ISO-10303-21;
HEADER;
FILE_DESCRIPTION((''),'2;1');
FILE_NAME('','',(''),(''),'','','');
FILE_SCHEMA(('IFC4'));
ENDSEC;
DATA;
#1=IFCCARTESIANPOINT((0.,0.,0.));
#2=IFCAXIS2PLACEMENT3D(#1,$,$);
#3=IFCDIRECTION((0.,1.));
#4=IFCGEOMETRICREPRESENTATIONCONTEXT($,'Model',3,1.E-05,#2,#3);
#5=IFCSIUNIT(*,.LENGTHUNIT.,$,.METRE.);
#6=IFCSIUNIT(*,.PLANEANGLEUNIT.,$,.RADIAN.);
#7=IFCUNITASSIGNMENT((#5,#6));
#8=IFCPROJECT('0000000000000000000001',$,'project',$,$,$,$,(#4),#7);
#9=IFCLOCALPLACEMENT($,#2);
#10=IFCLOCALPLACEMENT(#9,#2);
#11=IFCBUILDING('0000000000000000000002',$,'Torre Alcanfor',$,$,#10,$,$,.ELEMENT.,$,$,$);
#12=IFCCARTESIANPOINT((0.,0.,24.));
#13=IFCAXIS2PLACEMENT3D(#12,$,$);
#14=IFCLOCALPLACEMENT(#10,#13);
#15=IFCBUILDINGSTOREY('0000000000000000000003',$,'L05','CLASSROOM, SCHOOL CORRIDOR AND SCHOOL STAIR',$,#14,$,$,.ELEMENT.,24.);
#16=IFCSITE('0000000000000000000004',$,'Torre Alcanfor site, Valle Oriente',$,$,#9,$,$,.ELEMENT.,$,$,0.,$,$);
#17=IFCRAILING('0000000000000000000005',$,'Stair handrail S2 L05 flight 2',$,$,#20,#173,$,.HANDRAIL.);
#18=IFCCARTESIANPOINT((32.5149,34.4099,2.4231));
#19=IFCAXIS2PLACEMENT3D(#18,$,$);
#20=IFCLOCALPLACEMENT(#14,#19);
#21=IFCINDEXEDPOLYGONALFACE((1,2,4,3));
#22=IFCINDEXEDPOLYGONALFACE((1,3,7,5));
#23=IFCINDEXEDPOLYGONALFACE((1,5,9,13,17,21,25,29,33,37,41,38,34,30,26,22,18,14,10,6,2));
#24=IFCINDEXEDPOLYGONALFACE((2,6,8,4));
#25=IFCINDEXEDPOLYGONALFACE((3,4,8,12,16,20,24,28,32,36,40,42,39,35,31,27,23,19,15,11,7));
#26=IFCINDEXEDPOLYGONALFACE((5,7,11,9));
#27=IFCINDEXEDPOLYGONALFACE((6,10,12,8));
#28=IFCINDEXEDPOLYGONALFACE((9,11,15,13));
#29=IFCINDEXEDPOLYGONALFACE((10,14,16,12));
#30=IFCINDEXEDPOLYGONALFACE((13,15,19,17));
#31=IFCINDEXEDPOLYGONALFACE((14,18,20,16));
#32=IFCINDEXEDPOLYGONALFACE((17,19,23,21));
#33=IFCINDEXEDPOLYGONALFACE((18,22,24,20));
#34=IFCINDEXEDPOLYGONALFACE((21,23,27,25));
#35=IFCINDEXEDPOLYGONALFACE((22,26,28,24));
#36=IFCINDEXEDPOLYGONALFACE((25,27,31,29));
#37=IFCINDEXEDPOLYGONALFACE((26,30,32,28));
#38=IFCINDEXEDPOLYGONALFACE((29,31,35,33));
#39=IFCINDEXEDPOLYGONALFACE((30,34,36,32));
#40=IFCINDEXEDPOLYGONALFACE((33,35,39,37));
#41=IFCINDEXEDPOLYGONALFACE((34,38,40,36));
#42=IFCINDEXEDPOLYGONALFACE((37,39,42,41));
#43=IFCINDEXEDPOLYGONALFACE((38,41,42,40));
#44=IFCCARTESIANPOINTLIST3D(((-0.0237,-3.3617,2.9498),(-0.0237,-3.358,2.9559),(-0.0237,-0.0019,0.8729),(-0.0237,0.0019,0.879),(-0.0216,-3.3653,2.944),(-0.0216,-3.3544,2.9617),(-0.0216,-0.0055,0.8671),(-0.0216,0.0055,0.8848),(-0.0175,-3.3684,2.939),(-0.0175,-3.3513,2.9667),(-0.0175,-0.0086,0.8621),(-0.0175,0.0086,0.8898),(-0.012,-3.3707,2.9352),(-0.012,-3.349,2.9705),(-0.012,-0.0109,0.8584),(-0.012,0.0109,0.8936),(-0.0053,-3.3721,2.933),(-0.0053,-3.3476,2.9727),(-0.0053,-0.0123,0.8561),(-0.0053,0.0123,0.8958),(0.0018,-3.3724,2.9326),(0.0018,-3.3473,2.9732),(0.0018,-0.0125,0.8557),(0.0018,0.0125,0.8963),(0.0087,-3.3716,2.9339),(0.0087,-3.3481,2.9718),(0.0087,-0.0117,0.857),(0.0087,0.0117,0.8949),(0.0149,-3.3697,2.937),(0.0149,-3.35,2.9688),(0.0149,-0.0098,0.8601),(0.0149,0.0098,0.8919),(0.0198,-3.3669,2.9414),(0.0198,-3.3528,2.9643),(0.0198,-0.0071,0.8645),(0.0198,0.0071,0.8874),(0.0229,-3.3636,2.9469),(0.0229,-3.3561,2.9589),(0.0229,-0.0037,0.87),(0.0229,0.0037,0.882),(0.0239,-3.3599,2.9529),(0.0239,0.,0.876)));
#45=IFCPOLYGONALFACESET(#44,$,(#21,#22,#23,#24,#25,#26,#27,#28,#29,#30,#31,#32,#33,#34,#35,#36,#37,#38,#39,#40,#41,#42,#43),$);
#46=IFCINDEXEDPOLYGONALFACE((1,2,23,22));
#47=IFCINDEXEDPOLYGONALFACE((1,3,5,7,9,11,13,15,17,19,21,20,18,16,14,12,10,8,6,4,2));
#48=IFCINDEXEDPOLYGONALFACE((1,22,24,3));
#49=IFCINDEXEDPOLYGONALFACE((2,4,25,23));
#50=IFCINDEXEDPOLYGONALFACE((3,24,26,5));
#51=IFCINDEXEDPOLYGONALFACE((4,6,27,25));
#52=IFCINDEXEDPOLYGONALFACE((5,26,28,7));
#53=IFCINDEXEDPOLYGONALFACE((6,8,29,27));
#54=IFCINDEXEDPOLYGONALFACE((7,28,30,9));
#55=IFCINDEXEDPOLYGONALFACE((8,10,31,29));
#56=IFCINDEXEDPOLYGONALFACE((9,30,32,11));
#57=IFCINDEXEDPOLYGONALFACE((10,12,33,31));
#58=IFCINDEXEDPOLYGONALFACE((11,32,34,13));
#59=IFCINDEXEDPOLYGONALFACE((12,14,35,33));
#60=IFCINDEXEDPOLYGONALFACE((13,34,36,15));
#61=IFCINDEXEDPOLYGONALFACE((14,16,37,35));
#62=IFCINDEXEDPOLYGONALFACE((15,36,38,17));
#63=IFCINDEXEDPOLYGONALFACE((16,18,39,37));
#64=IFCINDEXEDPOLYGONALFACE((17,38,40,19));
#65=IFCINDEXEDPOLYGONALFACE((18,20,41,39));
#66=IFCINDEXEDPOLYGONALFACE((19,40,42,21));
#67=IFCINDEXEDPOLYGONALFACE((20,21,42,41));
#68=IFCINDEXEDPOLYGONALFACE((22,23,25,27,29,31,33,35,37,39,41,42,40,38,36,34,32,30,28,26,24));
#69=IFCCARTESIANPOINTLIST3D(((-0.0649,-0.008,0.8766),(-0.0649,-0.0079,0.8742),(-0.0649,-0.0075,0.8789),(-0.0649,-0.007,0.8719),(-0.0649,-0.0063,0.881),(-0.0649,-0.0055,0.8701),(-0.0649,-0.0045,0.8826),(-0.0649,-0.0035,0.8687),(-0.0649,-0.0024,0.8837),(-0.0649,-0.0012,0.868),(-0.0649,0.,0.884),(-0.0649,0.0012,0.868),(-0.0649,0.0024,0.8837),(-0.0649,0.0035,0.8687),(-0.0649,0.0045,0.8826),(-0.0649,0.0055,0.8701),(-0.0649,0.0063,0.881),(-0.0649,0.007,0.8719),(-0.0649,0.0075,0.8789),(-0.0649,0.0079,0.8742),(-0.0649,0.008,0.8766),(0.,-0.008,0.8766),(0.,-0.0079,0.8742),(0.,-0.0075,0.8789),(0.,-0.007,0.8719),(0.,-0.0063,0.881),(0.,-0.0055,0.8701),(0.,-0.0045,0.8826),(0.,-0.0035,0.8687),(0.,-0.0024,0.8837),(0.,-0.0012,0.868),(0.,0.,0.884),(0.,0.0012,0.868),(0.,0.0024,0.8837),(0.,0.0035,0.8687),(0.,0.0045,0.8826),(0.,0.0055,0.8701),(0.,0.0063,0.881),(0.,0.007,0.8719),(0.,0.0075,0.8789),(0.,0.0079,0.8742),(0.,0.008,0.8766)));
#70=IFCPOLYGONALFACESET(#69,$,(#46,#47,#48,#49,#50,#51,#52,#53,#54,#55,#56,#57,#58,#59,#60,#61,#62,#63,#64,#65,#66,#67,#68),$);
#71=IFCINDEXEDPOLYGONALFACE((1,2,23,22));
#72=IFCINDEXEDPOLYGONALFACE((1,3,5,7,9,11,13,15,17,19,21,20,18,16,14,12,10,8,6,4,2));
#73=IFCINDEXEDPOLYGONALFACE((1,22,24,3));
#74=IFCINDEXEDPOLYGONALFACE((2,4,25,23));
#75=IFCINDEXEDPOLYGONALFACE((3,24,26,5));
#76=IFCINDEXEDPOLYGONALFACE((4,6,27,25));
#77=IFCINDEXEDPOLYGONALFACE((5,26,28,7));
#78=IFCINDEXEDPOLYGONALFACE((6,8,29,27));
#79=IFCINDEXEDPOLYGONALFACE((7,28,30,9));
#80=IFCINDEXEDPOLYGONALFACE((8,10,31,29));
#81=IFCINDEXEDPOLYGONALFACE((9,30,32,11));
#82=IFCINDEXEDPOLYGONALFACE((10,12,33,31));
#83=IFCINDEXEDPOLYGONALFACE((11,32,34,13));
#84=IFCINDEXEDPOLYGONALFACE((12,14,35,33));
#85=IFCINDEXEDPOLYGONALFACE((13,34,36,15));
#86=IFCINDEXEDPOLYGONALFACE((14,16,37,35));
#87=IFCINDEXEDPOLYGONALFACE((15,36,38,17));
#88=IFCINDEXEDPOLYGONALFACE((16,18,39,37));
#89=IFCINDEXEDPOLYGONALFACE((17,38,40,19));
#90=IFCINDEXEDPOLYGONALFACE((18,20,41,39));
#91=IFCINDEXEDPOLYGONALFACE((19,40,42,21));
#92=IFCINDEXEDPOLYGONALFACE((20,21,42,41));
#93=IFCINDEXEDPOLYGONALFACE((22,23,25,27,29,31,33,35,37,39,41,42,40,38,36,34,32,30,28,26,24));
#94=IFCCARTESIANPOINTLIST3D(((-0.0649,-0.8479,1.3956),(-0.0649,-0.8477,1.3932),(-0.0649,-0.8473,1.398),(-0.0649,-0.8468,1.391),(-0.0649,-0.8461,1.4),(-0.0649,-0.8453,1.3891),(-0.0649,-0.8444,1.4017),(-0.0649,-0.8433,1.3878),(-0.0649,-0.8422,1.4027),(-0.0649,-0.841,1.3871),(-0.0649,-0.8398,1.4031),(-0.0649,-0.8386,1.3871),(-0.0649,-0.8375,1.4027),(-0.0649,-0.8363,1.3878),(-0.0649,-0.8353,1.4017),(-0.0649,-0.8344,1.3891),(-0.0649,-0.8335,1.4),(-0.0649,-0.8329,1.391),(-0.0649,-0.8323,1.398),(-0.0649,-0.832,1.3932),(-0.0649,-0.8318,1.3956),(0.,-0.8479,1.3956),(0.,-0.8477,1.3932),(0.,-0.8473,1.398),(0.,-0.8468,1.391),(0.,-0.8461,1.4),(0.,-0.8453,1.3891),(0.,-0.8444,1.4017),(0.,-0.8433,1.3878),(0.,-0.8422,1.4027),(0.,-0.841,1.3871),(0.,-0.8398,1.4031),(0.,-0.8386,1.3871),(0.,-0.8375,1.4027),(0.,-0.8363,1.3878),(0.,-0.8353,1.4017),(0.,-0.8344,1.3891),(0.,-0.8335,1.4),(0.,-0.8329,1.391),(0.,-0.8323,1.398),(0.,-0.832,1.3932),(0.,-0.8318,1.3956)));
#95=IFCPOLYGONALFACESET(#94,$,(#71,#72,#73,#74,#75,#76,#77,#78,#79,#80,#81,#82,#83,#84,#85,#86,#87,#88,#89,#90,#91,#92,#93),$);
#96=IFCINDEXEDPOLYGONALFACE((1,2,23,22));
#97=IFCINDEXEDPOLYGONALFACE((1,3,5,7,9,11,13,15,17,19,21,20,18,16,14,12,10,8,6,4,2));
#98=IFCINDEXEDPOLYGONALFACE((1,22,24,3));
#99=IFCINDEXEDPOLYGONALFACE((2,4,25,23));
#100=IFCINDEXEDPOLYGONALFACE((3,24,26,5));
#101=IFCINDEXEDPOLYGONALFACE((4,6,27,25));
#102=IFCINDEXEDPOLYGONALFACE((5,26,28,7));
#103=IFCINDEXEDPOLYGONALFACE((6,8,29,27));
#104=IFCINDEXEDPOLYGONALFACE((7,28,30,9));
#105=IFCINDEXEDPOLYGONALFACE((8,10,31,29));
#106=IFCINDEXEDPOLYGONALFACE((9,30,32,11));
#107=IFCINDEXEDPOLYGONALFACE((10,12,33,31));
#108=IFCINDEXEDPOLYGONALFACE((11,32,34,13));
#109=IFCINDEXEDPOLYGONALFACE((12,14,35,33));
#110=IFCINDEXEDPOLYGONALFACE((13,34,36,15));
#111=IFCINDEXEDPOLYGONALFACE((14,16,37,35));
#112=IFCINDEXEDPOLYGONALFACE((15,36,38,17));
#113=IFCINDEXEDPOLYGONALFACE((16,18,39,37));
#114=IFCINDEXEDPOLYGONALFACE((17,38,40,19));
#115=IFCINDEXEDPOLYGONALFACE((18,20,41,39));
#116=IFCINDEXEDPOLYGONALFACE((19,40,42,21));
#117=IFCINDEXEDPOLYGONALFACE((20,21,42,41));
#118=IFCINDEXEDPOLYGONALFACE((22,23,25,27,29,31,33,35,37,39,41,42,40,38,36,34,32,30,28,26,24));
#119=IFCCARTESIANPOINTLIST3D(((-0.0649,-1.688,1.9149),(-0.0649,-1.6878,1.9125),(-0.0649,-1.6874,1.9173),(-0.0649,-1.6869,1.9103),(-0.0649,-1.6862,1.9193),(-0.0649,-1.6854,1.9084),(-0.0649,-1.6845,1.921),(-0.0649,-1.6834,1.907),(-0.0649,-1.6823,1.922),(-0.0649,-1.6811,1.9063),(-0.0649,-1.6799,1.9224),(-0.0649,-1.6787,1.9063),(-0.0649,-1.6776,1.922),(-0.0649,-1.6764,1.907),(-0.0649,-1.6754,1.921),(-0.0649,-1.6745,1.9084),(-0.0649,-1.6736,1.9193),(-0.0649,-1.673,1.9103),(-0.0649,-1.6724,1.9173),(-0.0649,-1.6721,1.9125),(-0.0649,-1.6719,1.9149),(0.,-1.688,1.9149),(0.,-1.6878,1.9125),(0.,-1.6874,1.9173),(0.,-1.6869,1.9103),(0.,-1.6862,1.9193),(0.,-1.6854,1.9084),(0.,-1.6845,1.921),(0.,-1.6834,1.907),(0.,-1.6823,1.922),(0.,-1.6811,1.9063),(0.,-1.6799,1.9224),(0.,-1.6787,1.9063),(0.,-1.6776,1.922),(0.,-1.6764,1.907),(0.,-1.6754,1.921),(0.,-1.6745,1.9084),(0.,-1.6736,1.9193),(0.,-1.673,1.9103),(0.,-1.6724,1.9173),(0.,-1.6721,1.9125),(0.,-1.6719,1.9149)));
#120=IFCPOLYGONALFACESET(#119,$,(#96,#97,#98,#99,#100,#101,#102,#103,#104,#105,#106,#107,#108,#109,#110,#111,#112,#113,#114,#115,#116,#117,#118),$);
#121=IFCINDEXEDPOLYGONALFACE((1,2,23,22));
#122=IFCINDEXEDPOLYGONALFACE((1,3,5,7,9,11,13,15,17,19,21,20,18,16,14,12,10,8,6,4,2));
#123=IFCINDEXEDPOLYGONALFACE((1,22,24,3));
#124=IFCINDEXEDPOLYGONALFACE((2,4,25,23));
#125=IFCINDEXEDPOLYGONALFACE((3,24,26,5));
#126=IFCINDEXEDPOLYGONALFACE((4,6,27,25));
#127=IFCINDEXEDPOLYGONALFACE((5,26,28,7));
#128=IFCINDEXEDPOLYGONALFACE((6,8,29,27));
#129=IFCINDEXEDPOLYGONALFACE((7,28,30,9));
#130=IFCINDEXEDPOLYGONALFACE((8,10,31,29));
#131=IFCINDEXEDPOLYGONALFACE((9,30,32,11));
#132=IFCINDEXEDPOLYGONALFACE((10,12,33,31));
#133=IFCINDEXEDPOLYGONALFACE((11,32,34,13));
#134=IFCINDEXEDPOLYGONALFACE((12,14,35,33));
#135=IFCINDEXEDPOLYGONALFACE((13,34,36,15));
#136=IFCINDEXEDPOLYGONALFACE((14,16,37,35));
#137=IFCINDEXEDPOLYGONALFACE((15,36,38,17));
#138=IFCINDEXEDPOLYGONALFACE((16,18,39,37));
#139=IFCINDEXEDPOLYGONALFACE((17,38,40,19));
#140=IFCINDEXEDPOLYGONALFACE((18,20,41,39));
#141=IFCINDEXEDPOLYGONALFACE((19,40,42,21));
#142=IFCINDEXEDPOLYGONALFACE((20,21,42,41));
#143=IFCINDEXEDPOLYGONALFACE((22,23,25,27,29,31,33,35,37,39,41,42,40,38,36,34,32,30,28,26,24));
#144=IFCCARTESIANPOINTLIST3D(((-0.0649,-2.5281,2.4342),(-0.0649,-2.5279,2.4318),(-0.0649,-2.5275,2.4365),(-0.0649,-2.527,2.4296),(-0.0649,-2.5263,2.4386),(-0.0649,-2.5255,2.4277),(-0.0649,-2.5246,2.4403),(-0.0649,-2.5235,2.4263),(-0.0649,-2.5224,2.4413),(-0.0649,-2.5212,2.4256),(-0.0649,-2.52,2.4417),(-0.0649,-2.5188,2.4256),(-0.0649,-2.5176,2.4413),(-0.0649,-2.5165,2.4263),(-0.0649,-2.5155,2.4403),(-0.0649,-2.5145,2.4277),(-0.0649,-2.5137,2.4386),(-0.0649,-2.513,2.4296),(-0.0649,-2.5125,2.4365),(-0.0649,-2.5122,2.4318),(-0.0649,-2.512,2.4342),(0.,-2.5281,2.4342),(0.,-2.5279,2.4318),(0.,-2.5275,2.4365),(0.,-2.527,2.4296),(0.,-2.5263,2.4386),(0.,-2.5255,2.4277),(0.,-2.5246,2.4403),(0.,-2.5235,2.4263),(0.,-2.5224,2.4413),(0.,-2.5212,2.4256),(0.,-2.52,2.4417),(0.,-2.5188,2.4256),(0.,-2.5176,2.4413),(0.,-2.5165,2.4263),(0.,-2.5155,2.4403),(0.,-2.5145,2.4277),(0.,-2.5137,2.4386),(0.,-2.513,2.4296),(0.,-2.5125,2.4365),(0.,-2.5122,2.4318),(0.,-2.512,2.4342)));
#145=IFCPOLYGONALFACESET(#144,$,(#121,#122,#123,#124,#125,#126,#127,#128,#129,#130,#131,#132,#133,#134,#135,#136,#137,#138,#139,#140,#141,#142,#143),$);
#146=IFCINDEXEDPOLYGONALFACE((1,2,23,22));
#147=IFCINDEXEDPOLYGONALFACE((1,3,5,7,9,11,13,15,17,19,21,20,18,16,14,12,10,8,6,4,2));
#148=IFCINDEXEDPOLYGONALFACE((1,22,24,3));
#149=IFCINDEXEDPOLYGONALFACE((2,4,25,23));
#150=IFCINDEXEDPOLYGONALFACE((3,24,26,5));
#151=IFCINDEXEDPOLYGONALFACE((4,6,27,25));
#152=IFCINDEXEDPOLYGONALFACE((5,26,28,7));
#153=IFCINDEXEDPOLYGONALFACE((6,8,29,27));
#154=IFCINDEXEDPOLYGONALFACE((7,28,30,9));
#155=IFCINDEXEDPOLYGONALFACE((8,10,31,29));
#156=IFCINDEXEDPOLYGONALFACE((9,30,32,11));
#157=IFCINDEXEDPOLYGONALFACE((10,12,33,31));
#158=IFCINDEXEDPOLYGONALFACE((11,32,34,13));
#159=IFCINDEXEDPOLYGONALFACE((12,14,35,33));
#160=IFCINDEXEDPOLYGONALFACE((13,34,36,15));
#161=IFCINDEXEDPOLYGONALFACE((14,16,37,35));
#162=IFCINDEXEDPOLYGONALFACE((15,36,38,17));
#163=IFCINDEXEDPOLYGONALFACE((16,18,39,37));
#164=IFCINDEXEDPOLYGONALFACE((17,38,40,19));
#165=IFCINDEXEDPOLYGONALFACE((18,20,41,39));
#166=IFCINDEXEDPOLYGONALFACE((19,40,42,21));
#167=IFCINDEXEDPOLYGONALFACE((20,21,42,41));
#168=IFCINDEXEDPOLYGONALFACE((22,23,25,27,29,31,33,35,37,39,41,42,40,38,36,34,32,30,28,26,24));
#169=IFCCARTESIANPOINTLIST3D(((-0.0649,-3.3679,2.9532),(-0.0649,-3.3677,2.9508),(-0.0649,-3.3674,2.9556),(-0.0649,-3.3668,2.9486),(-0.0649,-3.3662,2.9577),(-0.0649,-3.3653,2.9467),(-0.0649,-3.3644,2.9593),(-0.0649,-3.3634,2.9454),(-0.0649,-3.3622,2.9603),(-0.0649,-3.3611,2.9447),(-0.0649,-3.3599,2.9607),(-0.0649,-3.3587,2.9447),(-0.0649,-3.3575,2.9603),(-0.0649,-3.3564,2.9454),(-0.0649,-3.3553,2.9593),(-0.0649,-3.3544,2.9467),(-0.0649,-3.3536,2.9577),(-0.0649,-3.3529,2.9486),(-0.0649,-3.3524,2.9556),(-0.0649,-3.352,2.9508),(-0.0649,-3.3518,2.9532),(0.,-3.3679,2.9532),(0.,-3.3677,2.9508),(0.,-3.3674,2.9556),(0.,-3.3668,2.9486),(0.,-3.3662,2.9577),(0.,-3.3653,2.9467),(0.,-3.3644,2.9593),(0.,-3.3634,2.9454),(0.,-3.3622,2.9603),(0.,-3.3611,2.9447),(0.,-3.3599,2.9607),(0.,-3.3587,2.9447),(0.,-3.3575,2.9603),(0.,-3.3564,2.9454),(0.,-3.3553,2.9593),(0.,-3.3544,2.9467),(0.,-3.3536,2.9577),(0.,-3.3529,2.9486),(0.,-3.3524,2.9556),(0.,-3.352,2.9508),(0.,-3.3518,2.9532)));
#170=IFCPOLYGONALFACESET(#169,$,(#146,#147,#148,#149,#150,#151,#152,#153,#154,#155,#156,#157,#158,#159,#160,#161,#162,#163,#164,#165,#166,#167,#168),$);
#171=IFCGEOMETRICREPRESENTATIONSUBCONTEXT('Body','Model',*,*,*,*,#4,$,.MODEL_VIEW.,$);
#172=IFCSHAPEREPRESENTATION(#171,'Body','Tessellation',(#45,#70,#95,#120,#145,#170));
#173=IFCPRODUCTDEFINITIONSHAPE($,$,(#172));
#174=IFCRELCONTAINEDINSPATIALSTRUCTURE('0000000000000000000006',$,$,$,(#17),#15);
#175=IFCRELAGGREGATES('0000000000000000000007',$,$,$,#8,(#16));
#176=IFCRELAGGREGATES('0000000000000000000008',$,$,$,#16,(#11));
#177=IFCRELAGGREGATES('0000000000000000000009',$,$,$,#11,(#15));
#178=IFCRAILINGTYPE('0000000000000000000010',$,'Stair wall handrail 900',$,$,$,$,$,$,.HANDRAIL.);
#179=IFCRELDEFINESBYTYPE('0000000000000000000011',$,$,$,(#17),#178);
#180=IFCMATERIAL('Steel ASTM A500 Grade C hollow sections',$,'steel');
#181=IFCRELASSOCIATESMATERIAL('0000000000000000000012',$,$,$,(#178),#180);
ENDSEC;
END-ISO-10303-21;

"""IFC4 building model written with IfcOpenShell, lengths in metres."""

from ifc_helpers import new_model, si_unit, direction, frame, origin, origin_2d, place, context, subcontext, project, spatial, circle, extrude, material, type_object, element, save


model = new_model("IFC4")

# Units and contexts
model_context = context("Model", 3, precision=1e-05, world=origin(), true_north=direction((0.0, 1.0)))
body_context = subcontext(model_context, "Body", "Model", "MODEL_VIEW")
ifc_project = project(units=[si_unit("LENGTHUNIT", "METRE"), si_unit("PLANEANGLEUNIT", "RADIAN")], contexts=[model_context])

# Site, building, storey
site_placement = place(None, origin())
site = spatial("IfcSite", under=ifc_project, at=site_placement, Name="Torre Alcanfor site, Valle Oriente", CompositionType="ELEMENT", RefElevation=0.0)
building_placement = place(site_placement, origin())
building = spatial("IfcBuilding", under=site, at=building_placement, Name="Torre Alcanfor", CompositionType="ELEMENT")
storey_placement = place(building_placement, frame((0.0, 0.0, 24.0)))
storey = spatial("IfcBuildingStorey", under=building, at=storey_placement, Name="L05", Description="CLASSROOM, SCHOOL CORRIDOR AND SCHOOL STAIR", CompositionType="ELEMENT", Elevation=24.0)

# Railing
ifc_material_1 = material(Name="Steel ASTM A500 Grade C hollow sections", Category="steel")
railing_type_1 = type_object("IfcRailingType", Name="Stair wall handrail 900", PredefinedType="HANDRAIL", material=ifc_material_1)
railing_1_placement = place(storey_placement, frame((32.5149, 34.4099, 2.4231)))
element("IfcRailing", 1, at=railing_1_placement, inside=storey, type_object=railing_type_1, Name="Stair handrail S2 L05 flight 2", PredefinedType="HANDRAIL", context=body_context, shape_type="SweptSolid", body=[
    extrude(circle(Radius=0.0239, at=origin_2d()), frame((0.0, 0.0, 0.876), z_axis=(0.0, -0.850606, 0.525803), x_axis=(1.0, 0.0, 0.0)), (0.0, 0.0, 1.0), 3.95),
    extrude(circle(Radius=0.0081, at=origin_2d()), frame((0.0, 0.0, 0.876), z_axis=(-1.0, 0.0, 0.0), x_axis=(0.0, 0.0, 1.0)), (0.0, 0.0, 1.0), 0.0649),
    extrude(circle(Radius=0.0081, at=origin_2d()), frame((0.0, -0.8398, 1.395), z_axis=(-1.0, 0.0, 0.0), x_axis=(0.0, 0.0, 1.0)), (0.0, 0.0, 1.0), 0.0649),
    extrude(circle(Radius=0.0081, at=origin_2d()), frame((0.0, -1.6799, 1.9143), z_axis=(-1.0, 0.0, 0.0), x_axis=(0.0, 0.0, 1.0)), (0.0, 0.0, 1.0), 0.0649),
    extrude(circle(Radius=0.0081, at=origin_2d()), frame((0.0, -2.52, 2.4336), z_axis=(-1.0, 0.0, 0.0), x_axis=(0.0, 0.0, 1.0)), (0.0, 0.0, 1.0), 0.0649),
    extrude(circle(Radius=0.0081, at=origin_2d()), frame((0.0, -3.3599, 2.9526), z_axis=(-1.0, 0.0, 0.0), x_axis=(0.0, 0.0, 1.0)), (0.0, 0.0, 1.0), 0.0649),
])

save(model, "model.ifc")
